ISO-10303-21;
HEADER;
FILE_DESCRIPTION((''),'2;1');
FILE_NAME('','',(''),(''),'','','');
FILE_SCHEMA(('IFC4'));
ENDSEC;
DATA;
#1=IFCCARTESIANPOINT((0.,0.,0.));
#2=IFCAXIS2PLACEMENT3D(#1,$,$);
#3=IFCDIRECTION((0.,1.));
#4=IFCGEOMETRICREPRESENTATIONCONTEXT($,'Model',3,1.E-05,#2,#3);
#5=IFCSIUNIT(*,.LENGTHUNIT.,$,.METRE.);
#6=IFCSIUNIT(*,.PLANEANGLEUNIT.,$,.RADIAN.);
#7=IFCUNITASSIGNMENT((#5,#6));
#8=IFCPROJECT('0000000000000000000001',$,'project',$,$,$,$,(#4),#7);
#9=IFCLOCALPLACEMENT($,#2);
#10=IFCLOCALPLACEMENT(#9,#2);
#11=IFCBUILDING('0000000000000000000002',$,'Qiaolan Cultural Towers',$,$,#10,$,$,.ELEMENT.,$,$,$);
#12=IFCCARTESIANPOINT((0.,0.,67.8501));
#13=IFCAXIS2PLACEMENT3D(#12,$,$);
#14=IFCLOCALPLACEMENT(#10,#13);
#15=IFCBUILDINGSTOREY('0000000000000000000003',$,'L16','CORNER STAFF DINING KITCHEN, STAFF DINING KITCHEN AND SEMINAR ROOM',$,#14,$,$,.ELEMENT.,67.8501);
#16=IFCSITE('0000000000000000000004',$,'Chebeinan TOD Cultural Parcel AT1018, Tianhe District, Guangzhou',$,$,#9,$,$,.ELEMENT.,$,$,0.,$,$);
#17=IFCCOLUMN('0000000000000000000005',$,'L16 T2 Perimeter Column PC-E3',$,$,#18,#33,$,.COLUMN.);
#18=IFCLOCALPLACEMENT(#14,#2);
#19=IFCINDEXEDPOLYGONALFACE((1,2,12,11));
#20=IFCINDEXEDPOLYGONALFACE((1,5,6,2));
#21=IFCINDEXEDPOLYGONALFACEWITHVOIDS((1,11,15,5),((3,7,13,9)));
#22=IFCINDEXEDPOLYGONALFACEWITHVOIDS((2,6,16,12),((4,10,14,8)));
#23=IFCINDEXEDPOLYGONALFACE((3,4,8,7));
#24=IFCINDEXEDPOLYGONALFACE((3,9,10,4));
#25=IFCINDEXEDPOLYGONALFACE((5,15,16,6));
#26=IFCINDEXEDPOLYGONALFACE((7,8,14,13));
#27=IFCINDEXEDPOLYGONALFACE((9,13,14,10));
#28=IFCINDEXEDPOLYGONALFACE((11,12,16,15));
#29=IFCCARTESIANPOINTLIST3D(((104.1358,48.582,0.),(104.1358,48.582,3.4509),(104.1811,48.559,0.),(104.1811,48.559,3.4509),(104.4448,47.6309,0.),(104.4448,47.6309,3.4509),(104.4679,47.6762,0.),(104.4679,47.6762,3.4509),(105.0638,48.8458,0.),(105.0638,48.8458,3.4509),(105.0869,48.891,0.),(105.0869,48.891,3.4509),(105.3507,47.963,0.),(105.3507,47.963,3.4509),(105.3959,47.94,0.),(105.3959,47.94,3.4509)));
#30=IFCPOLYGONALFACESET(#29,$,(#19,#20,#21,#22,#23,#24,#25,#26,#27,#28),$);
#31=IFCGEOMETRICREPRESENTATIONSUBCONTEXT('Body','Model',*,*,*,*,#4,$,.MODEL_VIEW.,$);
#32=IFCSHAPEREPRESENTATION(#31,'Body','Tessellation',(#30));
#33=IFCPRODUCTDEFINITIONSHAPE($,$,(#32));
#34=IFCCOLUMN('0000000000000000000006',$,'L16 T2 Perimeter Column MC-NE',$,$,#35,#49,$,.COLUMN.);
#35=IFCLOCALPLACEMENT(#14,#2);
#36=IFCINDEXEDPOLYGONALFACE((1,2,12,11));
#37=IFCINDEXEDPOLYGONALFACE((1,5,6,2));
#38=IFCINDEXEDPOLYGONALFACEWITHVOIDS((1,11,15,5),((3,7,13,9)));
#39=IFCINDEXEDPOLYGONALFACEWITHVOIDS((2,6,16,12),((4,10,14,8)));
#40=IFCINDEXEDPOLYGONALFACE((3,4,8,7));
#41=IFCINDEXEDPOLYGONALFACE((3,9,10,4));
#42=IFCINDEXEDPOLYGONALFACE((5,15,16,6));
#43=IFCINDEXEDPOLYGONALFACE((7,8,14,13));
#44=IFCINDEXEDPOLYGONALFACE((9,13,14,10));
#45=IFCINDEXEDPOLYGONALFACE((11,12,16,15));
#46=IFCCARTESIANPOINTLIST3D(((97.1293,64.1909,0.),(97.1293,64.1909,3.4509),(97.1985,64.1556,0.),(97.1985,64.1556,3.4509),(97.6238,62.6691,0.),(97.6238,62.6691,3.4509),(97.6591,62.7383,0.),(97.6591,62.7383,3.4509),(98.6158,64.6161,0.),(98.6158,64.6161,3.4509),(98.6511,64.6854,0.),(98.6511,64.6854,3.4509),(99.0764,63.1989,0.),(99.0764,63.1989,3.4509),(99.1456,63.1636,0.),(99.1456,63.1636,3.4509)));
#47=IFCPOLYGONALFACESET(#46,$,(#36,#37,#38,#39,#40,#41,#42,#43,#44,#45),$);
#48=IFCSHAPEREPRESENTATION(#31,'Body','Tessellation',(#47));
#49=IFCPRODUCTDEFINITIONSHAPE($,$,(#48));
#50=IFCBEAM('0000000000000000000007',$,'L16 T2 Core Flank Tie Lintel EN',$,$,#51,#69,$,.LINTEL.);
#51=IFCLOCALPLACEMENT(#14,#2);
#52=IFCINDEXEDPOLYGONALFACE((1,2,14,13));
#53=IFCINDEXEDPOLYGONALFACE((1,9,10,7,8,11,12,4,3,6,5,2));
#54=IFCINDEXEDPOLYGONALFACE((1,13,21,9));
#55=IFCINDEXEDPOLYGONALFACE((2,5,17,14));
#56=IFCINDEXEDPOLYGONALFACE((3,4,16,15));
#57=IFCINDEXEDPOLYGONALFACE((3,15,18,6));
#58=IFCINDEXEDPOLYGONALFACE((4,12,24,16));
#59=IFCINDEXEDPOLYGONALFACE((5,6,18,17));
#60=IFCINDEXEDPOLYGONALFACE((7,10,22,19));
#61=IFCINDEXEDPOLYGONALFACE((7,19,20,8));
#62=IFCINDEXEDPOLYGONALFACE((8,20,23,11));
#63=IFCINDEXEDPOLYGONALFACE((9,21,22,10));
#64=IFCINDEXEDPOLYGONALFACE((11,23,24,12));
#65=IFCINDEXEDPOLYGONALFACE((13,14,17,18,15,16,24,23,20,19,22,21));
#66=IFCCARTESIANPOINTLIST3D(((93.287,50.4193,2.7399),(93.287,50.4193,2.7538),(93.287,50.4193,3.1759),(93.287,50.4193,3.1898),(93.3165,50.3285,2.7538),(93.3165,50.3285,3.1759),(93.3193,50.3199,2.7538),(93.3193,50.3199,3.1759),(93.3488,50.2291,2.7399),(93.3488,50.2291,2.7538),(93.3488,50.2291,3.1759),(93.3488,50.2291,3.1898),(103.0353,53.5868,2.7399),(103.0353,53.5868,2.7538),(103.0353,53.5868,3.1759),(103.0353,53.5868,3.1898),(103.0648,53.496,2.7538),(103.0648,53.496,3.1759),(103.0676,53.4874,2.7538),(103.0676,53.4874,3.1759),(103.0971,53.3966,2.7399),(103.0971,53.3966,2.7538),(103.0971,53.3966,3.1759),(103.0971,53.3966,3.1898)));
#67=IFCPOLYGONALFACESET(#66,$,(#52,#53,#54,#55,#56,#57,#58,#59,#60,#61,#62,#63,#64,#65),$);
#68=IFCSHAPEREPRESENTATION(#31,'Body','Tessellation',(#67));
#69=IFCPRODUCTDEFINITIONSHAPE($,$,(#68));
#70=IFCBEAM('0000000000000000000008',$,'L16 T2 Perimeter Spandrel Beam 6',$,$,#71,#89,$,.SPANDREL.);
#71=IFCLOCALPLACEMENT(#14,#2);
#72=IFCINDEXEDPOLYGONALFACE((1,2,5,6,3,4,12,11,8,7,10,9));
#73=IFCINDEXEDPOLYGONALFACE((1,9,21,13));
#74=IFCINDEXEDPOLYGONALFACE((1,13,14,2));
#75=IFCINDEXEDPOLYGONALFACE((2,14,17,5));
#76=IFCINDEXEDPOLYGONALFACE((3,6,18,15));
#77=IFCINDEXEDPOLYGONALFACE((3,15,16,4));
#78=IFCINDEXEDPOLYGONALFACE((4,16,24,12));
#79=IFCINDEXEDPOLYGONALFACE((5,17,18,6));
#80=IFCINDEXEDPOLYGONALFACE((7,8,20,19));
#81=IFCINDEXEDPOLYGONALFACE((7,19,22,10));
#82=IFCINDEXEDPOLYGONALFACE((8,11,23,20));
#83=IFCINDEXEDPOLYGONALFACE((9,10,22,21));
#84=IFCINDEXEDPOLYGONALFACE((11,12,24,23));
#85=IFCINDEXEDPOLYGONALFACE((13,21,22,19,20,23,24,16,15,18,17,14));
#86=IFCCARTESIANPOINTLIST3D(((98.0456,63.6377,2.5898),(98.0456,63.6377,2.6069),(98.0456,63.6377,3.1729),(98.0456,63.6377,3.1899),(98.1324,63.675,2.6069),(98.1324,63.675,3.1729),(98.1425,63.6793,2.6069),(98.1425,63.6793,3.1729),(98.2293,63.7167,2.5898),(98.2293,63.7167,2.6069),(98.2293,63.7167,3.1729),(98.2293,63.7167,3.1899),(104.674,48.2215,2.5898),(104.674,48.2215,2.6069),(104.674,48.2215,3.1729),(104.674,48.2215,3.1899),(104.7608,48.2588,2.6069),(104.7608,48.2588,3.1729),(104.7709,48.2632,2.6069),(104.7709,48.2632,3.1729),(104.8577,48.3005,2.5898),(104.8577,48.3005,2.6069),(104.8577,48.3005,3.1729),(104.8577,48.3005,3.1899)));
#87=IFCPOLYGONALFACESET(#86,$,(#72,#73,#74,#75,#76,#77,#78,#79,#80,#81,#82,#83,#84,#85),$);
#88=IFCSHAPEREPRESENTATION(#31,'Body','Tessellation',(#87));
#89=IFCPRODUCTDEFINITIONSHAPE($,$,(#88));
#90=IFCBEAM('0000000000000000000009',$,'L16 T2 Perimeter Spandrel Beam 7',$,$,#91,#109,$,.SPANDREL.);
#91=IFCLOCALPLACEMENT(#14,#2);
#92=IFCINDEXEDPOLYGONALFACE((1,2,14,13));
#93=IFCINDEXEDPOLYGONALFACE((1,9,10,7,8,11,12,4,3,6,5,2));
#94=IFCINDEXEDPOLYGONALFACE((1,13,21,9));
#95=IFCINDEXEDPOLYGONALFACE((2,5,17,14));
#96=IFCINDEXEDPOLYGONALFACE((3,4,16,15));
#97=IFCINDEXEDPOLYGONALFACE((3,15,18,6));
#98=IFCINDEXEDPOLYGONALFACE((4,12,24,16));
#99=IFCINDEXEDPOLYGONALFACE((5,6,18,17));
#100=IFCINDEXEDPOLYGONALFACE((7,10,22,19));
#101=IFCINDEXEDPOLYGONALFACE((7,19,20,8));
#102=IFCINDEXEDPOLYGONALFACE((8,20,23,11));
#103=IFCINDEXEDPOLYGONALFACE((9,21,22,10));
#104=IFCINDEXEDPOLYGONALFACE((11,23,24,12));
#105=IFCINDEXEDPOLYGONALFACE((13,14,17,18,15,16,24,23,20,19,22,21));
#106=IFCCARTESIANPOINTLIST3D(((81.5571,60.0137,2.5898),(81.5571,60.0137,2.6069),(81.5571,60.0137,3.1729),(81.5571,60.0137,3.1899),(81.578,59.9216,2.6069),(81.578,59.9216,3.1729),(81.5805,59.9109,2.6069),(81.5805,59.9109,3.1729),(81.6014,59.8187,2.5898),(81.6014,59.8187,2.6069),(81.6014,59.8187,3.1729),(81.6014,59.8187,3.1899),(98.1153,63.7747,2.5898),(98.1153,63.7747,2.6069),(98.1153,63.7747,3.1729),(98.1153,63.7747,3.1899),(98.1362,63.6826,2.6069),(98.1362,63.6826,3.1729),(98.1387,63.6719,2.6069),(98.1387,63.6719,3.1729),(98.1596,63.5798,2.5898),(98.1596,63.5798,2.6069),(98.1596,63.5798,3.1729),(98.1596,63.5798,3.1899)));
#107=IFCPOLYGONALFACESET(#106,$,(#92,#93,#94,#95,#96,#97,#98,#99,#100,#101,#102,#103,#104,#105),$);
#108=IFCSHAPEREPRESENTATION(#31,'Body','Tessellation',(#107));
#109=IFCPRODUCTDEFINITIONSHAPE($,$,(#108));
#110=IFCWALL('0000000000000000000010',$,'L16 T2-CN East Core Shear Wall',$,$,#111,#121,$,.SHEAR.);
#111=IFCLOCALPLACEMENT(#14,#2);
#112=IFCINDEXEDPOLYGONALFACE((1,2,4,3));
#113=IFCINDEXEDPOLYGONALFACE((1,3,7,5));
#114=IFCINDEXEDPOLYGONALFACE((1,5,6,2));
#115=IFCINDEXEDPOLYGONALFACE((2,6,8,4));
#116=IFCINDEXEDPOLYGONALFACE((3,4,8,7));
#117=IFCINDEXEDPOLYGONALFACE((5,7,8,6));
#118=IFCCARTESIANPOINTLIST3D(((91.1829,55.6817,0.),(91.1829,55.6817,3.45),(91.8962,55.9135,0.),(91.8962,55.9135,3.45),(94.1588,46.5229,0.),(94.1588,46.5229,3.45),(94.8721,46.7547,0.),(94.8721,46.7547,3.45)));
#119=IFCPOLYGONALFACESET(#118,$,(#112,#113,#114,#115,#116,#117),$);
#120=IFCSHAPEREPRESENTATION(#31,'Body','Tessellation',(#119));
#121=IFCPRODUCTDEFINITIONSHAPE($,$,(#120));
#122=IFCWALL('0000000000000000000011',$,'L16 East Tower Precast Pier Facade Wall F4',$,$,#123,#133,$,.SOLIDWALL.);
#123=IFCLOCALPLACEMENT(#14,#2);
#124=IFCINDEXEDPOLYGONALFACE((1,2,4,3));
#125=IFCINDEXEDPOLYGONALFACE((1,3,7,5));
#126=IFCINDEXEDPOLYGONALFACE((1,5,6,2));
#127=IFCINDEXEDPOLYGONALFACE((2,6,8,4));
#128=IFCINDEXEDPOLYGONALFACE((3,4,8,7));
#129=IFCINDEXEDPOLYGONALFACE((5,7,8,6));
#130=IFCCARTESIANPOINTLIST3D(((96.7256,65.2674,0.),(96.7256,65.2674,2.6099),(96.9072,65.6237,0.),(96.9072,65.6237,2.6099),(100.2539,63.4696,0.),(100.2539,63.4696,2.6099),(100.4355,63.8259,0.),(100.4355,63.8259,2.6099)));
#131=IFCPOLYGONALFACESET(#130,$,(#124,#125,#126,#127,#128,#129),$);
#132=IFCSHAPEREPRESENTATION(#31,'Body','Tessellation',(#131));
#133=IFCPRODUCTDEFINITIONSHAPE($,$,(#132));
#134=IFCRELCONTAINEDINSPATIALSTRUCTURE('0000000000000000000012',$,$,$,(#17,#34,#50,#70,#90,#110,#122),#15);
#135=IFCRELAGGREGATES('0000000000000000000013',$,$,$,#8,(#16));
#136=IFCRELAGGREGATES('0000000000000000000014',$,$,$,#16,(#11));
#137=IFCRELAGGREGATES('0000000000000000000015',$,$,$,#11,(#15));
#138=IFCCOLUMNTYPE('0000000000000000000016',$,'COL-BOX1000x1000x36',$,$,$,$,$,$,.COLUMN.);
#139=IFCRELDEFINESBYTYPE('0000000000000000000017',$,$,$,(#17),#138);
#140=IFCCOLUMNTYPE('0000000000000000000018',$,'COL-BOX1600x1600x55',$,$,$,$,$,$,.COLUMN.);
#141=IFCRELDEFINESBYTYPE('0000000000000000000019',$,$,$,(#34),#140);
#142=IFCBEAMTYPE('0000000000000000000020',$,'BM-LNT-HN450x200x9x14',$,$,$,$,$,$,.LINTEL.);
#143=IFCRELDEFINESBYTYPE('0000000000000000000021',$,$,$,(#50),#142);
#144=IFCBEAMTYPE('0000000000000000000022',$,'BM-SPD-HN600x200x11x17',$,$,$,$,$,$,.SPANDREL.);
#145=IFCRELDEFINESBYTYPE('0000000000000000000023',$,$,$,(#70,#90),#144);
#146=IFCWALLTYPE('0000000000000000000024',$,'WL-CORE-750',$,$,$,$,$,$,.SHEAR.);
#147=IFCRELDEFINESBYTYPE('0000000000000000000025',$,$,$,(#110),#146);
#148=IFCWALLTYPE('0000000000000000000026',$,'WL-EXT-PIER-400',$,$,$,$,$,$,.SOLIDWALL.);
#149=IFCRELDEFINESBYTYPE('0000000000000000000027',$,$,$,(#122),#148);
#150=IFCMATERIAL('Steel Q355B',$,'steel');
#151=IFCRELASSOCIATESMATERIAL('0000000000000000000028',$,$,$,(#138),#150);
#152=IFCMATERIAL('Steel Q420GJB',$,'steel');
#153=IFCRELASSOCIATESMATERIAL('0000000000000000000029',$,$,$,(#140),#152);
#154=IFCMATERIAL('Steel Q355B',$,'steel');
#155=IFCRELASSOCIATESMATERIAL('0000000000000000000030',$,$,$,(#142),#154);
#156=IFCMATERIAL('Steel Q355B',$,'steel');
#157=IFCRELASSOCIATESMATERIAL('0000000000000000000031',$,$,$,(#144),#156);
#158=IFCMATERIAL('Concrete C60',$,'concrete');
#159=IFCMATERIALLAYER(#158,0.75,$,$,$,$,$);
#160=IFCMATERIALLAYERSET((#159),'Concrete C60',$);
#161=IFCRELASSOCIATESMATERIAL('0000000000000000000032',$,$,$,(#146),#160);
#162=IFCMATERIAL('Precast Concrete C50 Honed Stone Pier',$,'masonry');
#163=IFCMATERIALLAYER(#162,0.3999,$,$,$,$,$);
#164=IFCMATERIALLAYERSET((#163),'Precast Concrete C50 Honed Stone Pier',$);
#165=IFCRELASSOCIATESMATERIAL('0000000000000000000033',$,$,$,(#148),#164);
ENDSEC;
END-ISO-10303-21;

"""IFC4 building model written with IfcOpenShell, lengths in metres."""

from ifc_helpers import new_model, si_unit, direction, frame, frame_2d, origin, origin_2d, place, context, subcontext, project, spatial, rectangle, hollow_rectangle, i_section, extrude, material, layer, layer_set, material_profile, profile_set, type_object, element, save


model = new_model("IFC4")

# Units and contexts
model_context = context("Model", 3, precision=1e-05, world=origin(), true_north=direction((0.0, 1.0)))
body_context = subcontext(model_context, "Body", "Model", "MODEL_VIEW")
ifc_project = project(units=[si_unit("LENGTHUNIT", "METRE"), si_unit("PLANEANGLEUNIT", "RADIAN")], contexts=[model_context])

# Site, building, storey
site_placement = place(None, origin())
site = spatial("IfcSite", under=ifc_project, at=site_placement, Name="Chebeinan TOD Cultural Parcel AT1018, Tianhe District, Guangzhou", CompositionType="ELEMENT", RefElevation=0.0)
building_placement = place(site_placement, origin())
building = spatial("IfcBuilding", under=site, at=building_placement, Name="Qiaolan Cultural Towers", CompositionType="ELEMENT")
storey_placement = place(building_placement, frame((0.0, 0.0, 67.8501)))
storey = spatial("IfcBuildingStorey", under=building, at=storey_placement, Name="L16", Description="CORNER STAFF DINING KITCHEN, STAFF DINING KITCHEN AND SEMINAR ROOM", CompositionType="ELEMENT", Elevation=67.8501)

# Columns
ifc_material_1 = material(Name="Steel Q355B", Category="steel")
ifc_material_profile_1 = material_profile(ifc_material_1, hollow_rectangle(XDim=1.0, YDim=1.0, WallThickness=0.0359, at=origin_2d()), Name="BOX1000x1000x36")
ifc_profile_set_1 = profile_set([ifc_material_profile_1], Name="Steel Q355B")
column_type_1 = type_object("IfcColumnType", Name="COL-BOX1000x1000x36", PredefinedType="COLUMN", material=ifc_profile_set_1)
column_1_placement = place(storey_placement, frame((104.7659, 48.261, 0.0), z_axis=(0.0, 0.0, 1.0), x_axis=(0.951057, 0.309017, 0.0)))
element("IfcColumn", 1, at=column_1_placement, inside=storey, type_object=column_type_1, Name="L16 T2 Perimeter Column PC-E3", PredefinedType="COLUMN", context=body_context, shape_type="SweptSolid", body=[
    extrude(hollow_rectangle(XDim=1.0, YDim=1.0, WallThickness=0.0359, at=origin_2d()), origin(), (0.0, 0.0, 1.0), 3.4509),
])
ifc_material_2 = material(Name="Steel Q420GJB", Category="steel")
ifc_material_profile_2 = material_profile(ifc_material_2, hollow_rectangle(XDim=1.6001, YDim=1.6001, WallThickness=0.0549, at=origin_2d()), Name="BOX1600x1600x55")
ifc_profile_set_2 = profile_set([ifc_material_profile_2], Name="Steel Q420GJB")
column_type_2 = type_object("IfcColumnType", Name="COL-BOX1600x1600x55", PredefinedType="COLUMN", material=ifc_profile_set_2)
column_2_placement = place(storey_placement, frame((98.1375, 63.6772, 0.0), z_axis=(0.0, 0.0, 1.0), x_axis=(0.951057, 0.309017, 0.0)))
element("IfcColumn", 2, at=column_2_placement, inside=storey, type_object=column_type_2, Name="L16 T2 Perimeter Column MC-NE", PredefinedType="COLUMN", context=body_context, shape_type="SweptSolid", body=[
    extrude(hollow_rectangle(XDim=1.6001, YDim=1.6001, WallThickness=0.0549, at=origin_2d()), origin(), (0.0, 0.0, 1.0), 3.4509),
])

# Beams
ifc_material_3 = material(Name="Steel Q355B", Category="steel")
ifc_material_profile_3 = material_profile(ifc_material_3, i_section(OverallWidth=0.2, OverallDepth=0.45, WebThickness=0.009, FlangeThickness=0.0139, at=origin_2d()), Name="HN450x200x9x14")
ifc_profile_set_3 = profile_set([ifc_material_profile_3], Name="Steel Q355B")
beam_type_1 = type_object("IfcBeamType", Name="BM-LNT-HN450x200x9x14", PredefinedType="LINTEL", material=ifc_profile_set_3)
beam_1_placement = place(storey_placement, frame((93.3179, 50.3242, 2.9648), z_axis=(0.951055, 0.309023, 0.0), x_axis=(-0.309023, 0.951055, 0.0)))
element("IfcBeam", 3, at=beam_1_placement, inside=storey, type_object=beam_type_1, Name="L16 T2 Core Flank Tie Lintel EN", PredefinedType="LINTEL", context=body_context, shape_type="SweptSolid", body=[
    extrude(i_section(OverallWidth=0.2, OverallDepth=0.45, WebThickness=0.009, FlangeThickness=0.0139, at=origin_2d()), origin(), (0.0, 0.0, 1.0), 10.25),
])
ifc_material_4 = material(Name="Steel Q355B", Category="steel")
ifc_material_profile_4 = material_profile(ifc_material_4, i_section(OverallWidth=0.2, OverallDepth=0.6001, WebThickness=0.011, FlangeThickness=0.0171, at=origin_2d()), Name="HN600x200x11x17")
ifc_profile_set_4 = profile_set([ifc_material_profile_4], Name="Steel Q355B")
beam_type_2 = type_object("IfcBeamType", Name="BM-SPD-HN600x200x11x17", PredefinedType="SPANDREL", material=ifc_profile_set_4)
beam_2_placement = place(storey_placement, frame((104.7659, 48.261, 2.8899), z_axis=(-0.394999, 0.918682, 0.0), x_axis=(-0.918682, -0.394999, 0.0)))
element("IfcBeam", 4, at=beam_2_placement, inside=storey, type_object=beam_type_2, Name="L16 T2 Perimeter Spandrel Beam 6", PredefinedType="SPANDREL", context=body_context, shape_type="SweptSolid", body=[
    extrude(i_section(OverallWidth=0.2, OverallDepth=0.6001, WebThickness=0.011, FlangeThickness=0.0171, at=origin_2d()), origin(), (0.0, 0.0, 1.0), 16.7808),
])
beam_3_placement = place(storey_placement, frame((98.1375, 63.6772, 2.8899), z_axis=(-0.975161, -0.221497, 0.0), x_axis=(0.221497, -0.975161, 0.0)))
element("IfcBeam", 5, at=beam_3_placement, inside=storey, type_object=beam_type_2, Name="L16 T2 Perimeter Spandrel Beam 7", PredefinedType="SPANDREL", context=body_context, shape_type="SweptSolid", body=[
    extrude(i_section(OverallWidth=0.2, OverallDepth=0.6001, WebThickness=0.011, FlangeThickness=0.0171, at=origin_2d()), origin(), (0.0, 0.0, 1.0), 16.98),
])

# Walls
ifc_material_5 = material(Name="Concrete C60", Category="concrete")
ifc_layer_1 = layer(ifc_material_5, 0.75)
ifc_layer_set_1 = layer_set([ifc_layer_1], Name="Concrete C60")
wall_type_1 = type_object("IfcWallType", Name="WL-CORE-750", PredefinedType="SHEAR", material=ifc_layer_set_1)
wall_1_placement = place(storey_placement, frame((94.5154, 46.6389, 0.0), z_axis=(0.0, 0.0, 1.0), x_axis=(-0.309016, 0.951057, 0.0)))
element("IfcWall", 6, at=wall_1_placement, inside=storey, type_object=wall_type_1, Name="L16 T2-CN East Core Shear Wall", PredefinedType="SHEAR", context=body_context, shape_type="SweptSolid", body=[
    extrude(rectangle(XDim=9.6301, YDim=0.75, at=frame_2d((4.8149, 0.0))), origin(), (0.0, 0.0, 1.0), 3.45),
])
ifc_material_6 = material(Name="Precast Concrete C50 Honed Stone Pier", Category="masonry")
ifc_layer_2 = layer(ifc_material_6, 0.3999)
ifc_layer_set_2 = layer_set([ifc_layer_2], Name="Precast Concrete C50 Honed Stone Pier")
wall_type_2 = type_object("IfcWallType", Name="WL-EXT-PIER-400", PredefinedType="SOLIDWALL", material=ifc_layer_set_2)
wall_2_placement = place(storey_placement, frame((96.8164, 65.4456, 0.0), z_axis=(0.0, 0.0, 1.0), x_axis=(0.890998, -0.454007, 0.0)))
element("IfcWall", 7, at=wall_2_placement, inside=storey, type_object=wall_type_2, Name="L16 East Tower Precast Pier Facade Wall F4", PredefinedType="SOLIDWALL", context=body_context, shape_type="SweptSolid", body=[
    extrude(rectangle(XDim=3.96, YDim=0.3999, at=frame_2d((1.98, 0.0))), origin(), (0.0, 0.0, 1.0), 2.6099),
])

save(model, "model.ifc")
